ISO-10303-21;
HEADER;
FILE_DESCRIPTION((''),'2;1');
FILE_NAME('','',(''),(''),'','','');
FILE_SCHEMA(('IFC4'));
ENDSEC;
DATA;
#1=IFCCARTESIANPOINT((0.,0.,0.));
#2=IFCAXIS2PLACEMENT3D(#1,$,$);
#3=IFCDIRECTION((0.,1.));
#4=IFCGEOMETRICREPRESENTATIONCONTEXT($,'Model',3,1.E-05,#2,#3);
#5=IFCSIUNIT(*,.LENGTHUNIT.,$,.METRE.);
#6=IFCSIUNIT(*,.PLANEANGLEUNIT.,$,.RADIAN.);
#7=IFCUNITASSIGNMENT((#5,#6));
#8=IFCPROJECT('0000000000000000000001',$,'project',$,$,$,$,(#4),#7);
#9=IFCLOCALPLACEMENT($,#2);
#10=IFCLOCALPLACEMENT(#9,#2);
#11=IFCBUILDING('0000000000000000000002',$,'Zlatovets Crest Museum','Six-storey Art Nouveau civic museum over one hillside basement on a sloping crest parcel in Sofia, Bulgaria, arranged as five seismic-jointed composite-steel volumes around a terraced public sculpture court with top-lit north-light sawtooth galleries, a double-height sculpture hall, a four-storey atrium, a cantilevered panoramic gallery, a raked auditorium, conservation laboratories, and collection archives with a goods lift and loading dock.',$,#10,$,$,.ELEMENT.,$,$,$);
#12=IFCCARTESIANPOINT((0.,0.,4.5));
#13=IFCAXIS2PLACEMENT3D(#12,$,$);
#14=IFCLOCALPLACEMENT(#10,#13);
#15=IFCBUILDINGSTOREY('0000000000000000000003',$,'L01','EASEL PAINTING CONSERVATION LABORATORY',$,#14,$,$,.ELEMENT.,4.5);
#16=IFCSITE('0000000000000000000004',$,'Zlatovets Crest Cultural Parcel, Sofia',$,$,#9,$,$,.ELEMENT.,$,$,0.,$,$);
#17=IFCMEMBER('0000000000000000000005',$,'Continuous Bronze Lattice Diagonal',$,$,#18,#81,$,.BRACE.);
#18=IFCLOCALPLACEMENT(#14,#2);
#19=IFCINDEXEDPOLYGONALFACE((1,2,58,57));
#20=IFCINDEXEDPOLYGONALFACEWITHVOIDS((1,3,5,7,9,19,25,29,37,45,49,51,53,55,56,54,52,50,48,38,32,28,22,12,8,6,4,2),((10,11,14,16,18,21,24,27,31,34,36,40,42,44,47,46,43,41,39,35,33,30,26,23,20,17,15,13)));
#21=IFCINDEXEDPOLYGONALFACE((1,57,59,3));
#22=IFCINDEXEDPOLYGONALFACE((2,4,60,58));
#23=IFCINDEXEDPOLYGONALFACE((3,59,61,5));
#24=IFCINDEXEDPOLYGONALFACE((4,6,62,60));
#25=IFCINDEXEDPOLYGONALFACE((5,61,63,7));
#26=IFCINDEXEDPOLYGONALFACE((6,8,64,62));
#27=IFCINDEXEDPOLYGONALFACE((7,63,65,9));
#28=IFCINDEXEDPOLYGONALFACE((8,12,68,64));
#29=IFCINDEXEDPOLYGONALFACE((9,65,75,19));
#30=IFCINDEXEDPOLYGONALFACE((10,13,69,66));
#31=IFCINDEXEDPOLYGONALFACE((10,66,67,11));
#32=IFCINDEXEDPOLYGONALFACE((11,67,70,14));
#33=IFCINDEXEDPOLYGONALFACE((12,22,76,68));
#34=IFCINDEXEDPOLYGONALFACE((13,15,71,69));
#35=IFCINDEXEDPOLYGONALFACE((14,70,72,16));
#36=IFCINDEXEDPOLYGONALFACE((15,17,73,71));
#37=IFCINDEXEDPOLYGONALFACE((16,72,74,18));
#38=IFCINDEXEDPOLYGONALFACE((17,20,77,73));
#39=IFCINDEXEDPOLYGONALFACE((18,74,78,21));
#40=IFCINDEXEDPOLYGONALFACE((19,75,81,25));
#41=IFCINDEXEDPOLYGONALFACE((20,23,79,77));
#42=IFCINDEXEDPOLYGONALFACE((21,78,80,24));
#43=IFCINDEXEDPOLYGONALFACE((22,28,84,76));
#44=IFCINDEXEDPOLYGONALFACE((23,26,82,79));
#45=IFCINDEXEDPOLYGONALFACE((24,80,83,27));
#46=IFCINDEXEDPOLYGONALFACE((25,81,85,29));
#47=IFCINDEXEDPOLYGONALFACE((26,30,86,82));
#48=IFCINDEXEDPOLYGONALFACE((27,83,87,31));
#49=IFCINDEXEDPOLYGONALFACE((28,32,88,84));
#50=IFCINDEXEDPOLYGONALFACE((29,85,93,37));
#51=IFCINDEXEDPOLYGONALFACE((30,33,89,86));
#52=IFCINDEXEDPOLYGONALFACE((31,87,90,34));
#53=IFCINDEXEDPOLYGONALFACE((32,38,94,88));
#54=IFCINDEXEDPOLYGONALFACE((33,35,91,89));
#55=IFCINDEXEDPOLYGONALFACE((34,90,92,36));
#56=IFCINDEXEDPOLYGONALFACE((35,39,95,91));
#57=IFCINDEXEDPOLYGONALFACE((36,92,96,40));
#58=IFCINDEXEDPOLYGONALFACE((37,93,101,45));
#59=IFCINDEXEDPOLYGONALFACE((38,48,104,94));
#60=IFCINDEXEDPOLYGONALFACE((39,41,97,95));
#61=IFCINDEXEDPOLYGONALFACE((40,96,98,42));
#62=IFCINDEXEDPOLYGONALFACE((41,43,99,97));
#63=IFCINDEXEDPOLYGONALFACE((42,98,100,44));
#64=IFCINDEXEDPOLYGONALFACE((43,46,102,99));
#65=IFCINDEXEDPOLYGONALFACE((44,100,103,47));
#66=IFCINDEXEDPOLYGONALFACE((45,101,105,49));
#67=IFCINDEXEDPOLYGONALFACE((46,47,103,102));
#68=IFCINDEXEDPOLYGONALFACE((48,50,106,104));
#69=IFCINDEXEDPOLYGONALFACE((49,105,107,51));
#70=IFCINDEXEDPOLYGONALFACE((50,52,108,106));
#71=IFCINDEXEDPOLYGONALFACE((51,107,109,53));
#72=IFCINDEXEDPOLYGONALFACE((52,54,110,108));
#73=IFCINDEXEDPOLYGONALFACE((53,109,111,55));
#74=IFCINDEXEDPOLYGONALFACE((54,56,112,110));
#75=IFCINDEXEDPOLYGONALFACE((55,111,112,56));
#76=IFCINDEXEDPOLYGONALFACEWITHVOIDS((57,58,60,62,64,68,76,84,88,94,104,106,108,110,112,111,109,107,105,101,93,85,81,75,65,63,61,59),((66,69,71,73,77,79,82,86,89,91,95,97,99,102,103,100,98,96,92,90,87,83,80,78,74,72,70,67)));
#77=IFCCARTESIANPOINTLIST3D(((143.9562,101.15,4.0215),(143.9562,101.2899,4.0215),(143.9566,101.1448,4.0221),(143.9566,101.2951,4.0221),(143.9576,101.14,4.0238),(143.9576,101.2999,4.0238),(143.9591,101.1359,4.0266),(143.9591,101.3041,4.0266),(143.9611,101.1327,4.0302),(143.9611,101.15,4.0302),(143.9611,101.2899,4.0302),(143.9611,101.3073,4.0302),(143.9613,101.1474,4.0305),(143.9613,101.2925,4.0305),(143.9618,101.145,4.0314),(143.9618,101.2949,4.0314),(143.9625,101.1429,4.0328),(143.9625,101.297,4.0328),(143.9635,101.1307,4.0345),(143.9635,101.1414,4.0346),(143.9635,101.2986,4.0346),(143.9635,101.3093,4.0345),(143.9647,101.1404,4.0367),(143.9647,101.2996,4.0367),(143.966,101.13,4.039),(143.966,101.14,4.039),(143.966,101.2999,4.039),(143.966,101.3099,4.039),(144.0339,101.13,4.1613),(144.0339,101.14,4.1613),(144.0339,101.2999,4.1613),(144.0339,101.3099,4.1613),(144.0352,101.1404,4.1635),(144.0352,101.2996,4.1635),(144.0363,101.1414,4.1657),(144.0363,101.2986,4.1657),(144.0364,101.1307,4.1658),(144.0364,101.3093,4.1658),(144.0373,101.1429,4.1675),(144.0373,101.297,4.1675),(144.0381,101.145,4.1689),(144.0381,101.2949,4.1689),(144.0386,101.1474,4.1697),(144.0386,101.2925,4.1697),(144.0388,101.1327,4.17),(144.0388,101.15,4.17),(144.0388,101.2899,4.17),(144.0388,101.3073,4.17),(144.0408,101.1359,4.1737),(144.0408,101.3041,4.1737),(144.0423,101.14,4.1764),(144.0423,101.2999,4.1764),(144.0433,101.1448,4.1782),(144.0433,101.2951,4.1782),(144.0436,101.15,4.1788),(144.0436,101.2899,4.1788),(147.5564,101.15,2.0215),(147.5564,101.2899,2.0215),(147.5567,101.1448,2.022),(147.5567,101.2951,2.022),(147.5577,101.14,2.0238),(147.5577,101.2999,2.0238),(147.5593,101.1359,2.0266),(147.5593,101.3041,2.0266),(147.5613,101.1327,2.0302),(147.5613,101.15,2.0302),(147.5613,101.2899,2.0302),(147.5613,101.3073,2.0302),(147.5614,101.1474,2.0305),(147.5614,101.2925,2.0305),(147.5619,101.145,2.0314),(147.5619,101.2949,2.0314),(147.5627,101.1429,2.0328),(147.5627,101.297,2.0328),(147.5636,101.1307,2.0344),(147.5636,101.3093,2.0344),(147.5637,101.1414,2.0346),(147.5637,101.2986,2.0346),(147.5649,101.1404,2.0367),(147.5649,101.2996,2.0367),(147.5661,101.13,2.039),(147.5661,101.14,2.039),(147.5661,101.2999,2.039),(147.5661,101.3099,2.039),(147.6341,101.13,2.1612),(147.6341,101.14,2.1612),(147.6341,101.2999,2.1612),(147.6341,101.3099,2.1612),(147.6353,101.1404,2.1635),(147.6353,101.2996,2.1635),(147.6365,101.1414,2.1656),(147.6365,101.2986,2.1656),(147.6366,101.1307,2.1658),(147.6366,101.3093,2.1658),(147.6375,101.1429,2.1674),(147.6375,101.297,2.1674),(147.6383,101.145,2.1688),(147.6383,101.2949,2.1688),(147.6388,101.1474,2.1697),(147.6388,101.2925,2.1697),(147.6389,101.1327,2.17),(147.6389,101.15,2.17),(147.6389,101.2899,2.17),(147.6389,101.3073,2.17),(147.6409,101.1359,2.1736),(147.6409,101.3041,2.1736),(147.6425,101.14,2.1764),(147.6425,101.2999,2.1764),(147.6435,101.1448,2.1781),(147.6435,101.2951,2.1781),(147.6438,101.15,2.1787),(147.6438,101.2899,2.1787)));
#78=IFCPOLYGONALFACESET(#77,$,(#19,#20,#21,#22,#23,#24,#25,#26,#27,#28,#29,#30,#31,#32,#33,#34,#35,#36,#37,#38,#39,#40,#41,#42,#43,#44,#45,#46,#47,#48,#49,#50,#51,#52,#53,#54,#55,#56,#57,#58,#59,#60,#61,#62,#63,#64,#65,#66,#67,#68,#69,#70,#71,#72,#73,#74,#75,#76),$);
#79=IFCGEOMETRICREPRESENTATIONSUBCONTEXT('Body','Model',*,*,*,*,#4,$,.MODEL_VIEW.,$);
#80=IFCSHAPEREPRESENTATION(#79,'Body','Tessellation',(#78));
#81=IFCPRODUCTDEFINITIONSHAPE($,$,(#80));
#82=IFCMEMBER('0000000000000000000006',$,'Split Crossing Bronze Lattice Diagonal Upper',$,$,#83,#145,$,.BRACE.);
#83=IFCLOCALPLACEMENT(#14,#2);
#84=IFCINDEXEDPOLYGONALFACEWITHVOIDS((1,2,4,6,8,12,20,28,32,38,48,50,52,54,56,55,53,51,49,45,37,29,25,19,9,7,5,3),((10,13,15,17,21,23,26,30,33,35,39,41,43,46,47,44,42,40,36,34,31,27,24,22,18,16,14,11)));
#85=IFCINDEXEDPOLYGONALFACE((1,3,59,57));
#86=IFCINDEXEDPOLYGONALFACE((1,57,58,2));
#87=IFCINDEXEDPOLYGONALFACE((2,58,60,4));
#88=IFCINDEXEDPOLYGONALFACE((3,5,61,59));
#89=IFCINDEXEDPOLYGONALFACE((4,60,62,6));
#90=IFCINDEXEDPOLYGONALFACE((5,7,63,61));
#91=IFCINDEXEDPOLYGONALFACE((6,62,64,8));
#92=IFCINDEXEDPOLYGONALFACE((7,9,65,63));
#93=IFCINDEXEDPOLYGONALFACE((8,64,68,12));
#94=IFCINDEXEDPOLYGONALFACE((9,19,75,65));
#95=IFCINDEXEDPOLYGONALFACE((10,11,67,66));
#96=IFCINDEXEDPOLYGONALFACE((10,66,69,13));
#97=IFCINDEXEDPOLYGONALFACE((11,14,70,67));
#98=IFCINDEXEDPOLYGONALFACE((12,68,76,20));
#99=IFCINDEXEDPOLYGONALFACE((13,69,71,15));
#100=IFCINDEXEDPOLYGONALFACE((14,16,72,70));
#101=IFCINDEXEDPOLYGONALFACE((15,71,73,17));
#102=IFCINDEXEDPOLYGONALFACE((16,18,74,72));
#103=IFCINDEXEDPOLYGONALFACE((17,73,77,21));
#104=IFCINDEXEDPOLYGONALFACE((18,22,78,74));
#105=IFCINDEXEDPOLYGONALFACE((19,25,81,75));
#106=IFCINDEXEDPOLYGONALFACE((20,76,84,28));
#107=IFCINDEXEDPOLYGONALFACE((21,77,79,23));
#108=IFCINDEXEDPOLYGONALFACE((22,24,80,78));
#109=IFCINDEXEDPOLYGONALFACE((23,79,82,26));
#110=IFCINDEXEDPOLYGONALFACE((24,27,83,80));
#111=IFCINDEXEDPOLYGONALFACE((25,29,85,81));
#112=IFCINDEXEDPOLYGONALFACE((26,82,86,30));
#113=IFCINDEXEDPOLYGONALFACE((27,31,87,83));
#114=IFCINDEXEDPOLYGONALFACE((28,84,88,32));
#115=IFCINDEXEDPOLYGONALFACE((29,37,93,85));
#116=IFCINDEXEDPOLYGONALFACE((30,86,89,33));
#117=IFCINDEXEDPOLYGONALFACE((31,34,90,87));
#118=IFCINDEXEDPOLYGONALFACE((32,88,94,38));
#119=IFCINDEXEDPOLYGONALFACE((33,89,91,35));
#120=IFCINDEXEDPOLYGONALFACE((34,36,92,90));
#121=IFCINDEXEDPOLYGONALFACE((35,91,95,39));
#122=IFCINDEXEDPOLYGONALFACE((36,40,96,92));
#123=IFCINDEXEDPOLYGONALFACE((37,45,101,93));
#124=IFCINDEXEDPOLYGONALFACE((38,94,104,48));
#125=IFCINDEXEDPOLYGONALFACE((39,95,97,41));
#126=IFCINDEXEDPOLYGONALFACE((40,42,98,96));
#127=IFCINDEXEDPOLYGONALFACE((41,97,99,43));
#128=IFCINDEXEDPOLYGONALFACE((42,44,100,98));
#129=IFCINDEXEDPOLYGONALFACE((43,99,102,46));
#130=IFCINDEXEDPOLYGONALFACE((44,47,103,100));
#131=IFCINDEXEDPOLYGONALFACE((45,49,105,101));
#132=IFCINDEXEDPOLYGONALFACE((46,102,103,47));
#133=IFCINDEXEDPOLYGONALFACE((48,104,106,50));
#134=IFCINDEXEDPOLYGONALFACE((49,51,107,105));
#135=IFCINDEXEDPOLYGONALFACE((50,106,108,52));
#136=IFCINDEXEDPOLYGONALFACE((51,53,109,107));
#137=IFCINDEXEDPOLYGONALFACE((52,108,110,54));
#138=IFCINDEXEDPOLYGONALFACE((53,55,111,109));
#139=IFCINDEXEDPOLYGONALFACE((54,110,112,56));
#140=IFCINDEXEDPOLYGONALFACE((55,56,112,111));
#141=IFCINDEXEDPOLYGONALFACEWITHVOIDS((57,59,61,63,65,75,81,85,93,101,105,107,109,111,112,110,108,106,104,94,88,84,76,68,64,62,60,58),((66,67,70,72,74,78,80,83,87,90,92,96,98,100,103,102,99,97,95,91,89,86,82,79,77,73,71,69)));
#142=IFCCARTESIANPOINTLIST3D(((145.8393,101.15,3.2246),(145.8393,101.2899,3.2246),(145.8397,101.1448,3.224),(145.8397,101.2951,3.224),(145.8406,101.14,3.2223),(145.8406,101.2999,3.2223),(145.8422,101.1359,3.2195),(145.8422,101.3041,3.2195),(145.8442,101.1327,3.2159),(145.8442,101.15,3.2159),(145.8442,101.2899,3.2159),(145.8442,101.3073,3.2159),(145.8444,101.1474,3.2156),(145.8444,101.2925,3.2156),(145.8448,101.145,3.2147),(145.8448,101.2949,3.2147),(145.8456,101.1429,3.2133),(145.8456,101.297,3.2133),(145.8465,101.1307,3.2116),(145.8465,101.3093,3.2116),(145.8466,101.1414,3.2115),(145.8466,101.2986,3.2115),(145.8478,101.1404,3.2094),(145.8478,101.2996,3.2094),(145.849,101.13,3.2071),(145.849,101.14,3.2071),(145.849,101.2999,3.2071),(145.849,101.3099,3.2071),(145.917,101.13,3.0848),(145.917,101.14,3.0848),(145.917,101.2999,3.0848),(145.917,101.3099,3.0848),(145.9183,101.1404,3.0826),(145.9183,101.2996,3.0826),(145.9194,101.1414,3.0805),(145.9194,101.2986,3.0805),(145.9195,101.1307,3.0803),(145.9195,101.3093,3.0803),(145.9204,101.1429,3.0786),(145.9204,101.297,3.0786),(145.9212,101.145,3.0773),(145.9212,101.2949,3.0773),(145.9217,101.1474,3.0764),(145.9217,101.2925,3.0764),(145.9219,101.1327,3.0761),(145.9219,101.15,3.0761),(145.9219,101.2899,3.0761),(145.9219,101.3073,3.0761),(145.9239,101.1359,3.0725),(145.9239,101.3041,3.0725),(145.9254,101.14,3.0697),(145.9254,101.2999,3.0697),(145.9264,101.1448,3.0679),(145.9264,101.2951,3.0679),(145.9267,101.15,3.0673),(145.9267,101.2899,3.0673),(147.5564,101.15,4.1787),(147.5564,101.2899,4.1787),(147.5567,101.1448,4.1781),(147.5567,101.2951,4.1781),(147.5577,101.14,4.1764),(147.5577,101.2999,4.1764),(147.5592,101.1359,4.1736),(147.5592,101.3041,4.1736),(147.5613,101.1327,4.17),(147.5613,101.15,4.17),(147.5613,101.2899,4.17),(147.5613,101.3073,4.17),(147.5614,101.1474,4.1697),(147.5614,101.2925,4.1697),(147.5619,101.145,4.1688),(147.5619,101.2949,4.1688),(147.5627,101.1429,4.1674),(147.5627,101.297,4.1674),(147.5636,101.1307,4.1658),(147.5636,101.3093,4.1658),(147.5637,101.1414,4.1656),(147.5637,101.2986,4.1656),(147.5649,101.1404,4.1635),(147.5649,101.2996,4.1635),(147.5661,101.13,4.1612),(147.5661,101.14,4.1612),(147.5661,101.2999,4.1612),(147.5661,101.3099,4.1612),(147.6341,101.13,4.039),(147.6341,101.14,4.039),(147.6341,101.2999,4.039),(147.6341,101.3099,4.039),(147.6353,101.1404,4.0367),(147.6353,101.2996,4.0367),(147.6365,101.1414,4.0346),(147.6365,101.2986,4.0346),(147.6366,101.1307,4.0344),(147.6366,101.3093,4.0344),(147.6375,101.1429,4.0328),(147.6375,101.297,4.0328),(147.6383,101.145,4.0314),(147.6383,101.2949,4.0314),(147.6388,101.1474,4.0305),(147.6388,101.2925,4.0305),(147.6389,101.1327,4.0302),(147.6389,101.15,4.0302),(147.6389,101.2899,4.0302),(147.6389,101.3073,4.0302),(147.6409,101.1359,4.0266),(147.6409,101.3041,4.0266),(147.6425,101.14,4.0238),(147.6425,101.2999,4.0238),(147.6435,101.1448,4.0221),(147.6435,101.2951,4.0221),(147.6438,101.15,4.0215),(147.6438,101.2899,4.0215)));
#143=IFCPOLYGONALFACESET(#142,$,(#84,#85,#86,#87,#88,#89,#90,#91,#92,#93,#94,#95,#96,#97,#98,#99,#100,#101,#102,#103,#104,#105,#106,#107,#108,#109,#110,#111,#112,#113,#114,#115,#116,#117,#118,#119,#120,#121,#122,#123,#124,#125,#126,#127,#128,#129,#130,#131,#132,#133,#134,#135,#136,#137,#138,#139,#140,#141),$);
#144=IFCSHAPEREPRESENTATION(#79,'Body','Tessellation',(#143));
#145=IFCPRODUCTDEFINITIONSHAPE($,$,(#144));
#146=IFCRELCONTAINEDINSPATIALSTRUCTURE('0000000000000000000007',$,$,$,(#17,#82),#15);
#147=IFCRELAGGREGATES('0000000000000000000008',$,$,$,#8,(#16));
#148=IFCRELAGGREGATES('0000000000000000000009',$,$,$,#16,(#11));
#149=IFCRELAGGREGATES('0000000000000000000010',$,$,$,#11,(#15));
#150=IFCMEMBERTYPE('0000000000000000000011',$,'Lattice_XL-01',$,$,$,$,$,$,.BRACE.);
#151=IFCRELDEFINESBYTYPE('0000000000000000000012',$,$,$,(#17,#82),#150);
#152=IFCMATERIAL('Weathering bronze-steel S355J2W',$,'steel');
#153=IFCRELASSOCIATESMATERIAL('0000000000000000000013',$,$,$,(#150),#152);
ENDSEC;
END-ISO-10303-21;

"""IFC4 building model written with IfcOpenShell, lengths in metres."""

from ifc_helpers import new_model, si_unit, direction, frame, origin, origin_2d, place, context, subcontext, project, spatial, hollow_rectangle, extrude, material, material_profile, profile_set, type_object, element, save


model = new_model("IFC4")

# Units and contexts
model_context = context("Model", 3, precision=1e-05, world=origin(), true_north=direction((0.0, 1.0)))
body_context = subcontext(model_context, "Body", "Model", "MODEL_VIEW")
ifc_project = project(units=[si_unit("LENGTHUNIT", "METRE"), si_unit("PLANEANGLEUNIT", "RADIAN")], contexts=[model_context])

# Site, building, storey
site_placement = place(None, origin())
site = spatial("IfcSite", under=ifc_project, at=site_placement, Name="Zlatovets Crest Cultural Parcel, Sofia", CompositionType="ELEMENT", RefElevation=0.0)
building_placement = place(site_placement, origin())
building = spatial("IfcBuilding", under=site, at=building_placement, Name="Zlatovets Crest Museum", Description="Six-storey Art Nouveau civic museum over one hillside basement on a sloping crest parcel in Sofia, Bulgaria, arranged as five seismic-jointed composite-steel volumes around a terraced public sculpture court with top-lit north-light sawtooth galleries, a double-height sculpture hall, a four-storey atrium, a cantilevered panoramic gallery, a raked auditorium, conservation laboratories, and collection archives with a goods lift and loading dock.", CompositionType="ELEMENT")
storey_placement = place(building_placement, frame((0.0, 0.0, 4.5)))
storey = spatial("IfcBuildingStorey", under=building, at=storey_placement, Name="L01", Description="EASEL PAINTING CONSERVATION LABORATORY", CompositionType="ELEMENT", Elevation=4.5)

# Members
ifc_material_1 = material(Name="Weathering bronze-steel S355J2W", Category="steel")
ifc_material_profile_1 = material_profile(ifc_material_1, hollow_rectangle(XDim=0.1799, YDim=0.1799, WallThickness=0.01, InnerFilletRadius=0.01, OuterFilletRadius=0.02, at=origin_2d()), Name="SHS 180x180x10.0")
ifc_profile_set_1 = profile_set([ifc_material_profile_1], Name="Weathering bronze-steel S355J2W")
member_type_1 = type_object("IfcMemberType", Name="Lattice_XL-01", PredefinedType="BRACE", material=ifc_profile_set_1)
member_1_placement = place(storey_placement, frame((147.6001, 101.22, 2.1001), z_axis=(-0.874163, 0.0, 0.485633), x_axis=(0.0, -1.0, 0.0)))
element("IfcMember", 1, at=member_1_placement, inside=storey, type_object=member_type_1, Name="Continuous Bronze Lattice Diagonal", PredefinedType="BRACE", context=body_context, shape_type="SweptSolid", body=[
    extrude(hollow_rectangle(XDim=0.1799, YDim=0.1799, WallThickness=0.01, InnerFilletRadius=0.01, OuterFilletRadius=0.02, at=origin_2d()), origin(), (0.0, 0.0, 1.0), 4.1184),
])
member_2_placement = place(storey_placement, frame((147.6001, 101.22, 4.1001), z_axis=(-0.874116, 0.0, -0.485717), x_axis=(0.0, -1.0, 0.0)))
element("IfcMember", 2, at=member_2_placement, inside=storey, type_object=member_type_1, Name="Split Crossing Bronze Lattice Diagonal Upper", PredefinedType="BRACE", context=body_context, shape_type="SweptSolid", body=[
    extrude(hollow_rectangle(XDim=0.1799, YDim=0.1799, WallThickness=0.01, InnerFilletRadius=0.01, OuterFilletRadius=0.02, at=origin_2d()), origin(), (0.0, 0.0, 1.0), 1.9644),
])

save(model, "model.ifc")
